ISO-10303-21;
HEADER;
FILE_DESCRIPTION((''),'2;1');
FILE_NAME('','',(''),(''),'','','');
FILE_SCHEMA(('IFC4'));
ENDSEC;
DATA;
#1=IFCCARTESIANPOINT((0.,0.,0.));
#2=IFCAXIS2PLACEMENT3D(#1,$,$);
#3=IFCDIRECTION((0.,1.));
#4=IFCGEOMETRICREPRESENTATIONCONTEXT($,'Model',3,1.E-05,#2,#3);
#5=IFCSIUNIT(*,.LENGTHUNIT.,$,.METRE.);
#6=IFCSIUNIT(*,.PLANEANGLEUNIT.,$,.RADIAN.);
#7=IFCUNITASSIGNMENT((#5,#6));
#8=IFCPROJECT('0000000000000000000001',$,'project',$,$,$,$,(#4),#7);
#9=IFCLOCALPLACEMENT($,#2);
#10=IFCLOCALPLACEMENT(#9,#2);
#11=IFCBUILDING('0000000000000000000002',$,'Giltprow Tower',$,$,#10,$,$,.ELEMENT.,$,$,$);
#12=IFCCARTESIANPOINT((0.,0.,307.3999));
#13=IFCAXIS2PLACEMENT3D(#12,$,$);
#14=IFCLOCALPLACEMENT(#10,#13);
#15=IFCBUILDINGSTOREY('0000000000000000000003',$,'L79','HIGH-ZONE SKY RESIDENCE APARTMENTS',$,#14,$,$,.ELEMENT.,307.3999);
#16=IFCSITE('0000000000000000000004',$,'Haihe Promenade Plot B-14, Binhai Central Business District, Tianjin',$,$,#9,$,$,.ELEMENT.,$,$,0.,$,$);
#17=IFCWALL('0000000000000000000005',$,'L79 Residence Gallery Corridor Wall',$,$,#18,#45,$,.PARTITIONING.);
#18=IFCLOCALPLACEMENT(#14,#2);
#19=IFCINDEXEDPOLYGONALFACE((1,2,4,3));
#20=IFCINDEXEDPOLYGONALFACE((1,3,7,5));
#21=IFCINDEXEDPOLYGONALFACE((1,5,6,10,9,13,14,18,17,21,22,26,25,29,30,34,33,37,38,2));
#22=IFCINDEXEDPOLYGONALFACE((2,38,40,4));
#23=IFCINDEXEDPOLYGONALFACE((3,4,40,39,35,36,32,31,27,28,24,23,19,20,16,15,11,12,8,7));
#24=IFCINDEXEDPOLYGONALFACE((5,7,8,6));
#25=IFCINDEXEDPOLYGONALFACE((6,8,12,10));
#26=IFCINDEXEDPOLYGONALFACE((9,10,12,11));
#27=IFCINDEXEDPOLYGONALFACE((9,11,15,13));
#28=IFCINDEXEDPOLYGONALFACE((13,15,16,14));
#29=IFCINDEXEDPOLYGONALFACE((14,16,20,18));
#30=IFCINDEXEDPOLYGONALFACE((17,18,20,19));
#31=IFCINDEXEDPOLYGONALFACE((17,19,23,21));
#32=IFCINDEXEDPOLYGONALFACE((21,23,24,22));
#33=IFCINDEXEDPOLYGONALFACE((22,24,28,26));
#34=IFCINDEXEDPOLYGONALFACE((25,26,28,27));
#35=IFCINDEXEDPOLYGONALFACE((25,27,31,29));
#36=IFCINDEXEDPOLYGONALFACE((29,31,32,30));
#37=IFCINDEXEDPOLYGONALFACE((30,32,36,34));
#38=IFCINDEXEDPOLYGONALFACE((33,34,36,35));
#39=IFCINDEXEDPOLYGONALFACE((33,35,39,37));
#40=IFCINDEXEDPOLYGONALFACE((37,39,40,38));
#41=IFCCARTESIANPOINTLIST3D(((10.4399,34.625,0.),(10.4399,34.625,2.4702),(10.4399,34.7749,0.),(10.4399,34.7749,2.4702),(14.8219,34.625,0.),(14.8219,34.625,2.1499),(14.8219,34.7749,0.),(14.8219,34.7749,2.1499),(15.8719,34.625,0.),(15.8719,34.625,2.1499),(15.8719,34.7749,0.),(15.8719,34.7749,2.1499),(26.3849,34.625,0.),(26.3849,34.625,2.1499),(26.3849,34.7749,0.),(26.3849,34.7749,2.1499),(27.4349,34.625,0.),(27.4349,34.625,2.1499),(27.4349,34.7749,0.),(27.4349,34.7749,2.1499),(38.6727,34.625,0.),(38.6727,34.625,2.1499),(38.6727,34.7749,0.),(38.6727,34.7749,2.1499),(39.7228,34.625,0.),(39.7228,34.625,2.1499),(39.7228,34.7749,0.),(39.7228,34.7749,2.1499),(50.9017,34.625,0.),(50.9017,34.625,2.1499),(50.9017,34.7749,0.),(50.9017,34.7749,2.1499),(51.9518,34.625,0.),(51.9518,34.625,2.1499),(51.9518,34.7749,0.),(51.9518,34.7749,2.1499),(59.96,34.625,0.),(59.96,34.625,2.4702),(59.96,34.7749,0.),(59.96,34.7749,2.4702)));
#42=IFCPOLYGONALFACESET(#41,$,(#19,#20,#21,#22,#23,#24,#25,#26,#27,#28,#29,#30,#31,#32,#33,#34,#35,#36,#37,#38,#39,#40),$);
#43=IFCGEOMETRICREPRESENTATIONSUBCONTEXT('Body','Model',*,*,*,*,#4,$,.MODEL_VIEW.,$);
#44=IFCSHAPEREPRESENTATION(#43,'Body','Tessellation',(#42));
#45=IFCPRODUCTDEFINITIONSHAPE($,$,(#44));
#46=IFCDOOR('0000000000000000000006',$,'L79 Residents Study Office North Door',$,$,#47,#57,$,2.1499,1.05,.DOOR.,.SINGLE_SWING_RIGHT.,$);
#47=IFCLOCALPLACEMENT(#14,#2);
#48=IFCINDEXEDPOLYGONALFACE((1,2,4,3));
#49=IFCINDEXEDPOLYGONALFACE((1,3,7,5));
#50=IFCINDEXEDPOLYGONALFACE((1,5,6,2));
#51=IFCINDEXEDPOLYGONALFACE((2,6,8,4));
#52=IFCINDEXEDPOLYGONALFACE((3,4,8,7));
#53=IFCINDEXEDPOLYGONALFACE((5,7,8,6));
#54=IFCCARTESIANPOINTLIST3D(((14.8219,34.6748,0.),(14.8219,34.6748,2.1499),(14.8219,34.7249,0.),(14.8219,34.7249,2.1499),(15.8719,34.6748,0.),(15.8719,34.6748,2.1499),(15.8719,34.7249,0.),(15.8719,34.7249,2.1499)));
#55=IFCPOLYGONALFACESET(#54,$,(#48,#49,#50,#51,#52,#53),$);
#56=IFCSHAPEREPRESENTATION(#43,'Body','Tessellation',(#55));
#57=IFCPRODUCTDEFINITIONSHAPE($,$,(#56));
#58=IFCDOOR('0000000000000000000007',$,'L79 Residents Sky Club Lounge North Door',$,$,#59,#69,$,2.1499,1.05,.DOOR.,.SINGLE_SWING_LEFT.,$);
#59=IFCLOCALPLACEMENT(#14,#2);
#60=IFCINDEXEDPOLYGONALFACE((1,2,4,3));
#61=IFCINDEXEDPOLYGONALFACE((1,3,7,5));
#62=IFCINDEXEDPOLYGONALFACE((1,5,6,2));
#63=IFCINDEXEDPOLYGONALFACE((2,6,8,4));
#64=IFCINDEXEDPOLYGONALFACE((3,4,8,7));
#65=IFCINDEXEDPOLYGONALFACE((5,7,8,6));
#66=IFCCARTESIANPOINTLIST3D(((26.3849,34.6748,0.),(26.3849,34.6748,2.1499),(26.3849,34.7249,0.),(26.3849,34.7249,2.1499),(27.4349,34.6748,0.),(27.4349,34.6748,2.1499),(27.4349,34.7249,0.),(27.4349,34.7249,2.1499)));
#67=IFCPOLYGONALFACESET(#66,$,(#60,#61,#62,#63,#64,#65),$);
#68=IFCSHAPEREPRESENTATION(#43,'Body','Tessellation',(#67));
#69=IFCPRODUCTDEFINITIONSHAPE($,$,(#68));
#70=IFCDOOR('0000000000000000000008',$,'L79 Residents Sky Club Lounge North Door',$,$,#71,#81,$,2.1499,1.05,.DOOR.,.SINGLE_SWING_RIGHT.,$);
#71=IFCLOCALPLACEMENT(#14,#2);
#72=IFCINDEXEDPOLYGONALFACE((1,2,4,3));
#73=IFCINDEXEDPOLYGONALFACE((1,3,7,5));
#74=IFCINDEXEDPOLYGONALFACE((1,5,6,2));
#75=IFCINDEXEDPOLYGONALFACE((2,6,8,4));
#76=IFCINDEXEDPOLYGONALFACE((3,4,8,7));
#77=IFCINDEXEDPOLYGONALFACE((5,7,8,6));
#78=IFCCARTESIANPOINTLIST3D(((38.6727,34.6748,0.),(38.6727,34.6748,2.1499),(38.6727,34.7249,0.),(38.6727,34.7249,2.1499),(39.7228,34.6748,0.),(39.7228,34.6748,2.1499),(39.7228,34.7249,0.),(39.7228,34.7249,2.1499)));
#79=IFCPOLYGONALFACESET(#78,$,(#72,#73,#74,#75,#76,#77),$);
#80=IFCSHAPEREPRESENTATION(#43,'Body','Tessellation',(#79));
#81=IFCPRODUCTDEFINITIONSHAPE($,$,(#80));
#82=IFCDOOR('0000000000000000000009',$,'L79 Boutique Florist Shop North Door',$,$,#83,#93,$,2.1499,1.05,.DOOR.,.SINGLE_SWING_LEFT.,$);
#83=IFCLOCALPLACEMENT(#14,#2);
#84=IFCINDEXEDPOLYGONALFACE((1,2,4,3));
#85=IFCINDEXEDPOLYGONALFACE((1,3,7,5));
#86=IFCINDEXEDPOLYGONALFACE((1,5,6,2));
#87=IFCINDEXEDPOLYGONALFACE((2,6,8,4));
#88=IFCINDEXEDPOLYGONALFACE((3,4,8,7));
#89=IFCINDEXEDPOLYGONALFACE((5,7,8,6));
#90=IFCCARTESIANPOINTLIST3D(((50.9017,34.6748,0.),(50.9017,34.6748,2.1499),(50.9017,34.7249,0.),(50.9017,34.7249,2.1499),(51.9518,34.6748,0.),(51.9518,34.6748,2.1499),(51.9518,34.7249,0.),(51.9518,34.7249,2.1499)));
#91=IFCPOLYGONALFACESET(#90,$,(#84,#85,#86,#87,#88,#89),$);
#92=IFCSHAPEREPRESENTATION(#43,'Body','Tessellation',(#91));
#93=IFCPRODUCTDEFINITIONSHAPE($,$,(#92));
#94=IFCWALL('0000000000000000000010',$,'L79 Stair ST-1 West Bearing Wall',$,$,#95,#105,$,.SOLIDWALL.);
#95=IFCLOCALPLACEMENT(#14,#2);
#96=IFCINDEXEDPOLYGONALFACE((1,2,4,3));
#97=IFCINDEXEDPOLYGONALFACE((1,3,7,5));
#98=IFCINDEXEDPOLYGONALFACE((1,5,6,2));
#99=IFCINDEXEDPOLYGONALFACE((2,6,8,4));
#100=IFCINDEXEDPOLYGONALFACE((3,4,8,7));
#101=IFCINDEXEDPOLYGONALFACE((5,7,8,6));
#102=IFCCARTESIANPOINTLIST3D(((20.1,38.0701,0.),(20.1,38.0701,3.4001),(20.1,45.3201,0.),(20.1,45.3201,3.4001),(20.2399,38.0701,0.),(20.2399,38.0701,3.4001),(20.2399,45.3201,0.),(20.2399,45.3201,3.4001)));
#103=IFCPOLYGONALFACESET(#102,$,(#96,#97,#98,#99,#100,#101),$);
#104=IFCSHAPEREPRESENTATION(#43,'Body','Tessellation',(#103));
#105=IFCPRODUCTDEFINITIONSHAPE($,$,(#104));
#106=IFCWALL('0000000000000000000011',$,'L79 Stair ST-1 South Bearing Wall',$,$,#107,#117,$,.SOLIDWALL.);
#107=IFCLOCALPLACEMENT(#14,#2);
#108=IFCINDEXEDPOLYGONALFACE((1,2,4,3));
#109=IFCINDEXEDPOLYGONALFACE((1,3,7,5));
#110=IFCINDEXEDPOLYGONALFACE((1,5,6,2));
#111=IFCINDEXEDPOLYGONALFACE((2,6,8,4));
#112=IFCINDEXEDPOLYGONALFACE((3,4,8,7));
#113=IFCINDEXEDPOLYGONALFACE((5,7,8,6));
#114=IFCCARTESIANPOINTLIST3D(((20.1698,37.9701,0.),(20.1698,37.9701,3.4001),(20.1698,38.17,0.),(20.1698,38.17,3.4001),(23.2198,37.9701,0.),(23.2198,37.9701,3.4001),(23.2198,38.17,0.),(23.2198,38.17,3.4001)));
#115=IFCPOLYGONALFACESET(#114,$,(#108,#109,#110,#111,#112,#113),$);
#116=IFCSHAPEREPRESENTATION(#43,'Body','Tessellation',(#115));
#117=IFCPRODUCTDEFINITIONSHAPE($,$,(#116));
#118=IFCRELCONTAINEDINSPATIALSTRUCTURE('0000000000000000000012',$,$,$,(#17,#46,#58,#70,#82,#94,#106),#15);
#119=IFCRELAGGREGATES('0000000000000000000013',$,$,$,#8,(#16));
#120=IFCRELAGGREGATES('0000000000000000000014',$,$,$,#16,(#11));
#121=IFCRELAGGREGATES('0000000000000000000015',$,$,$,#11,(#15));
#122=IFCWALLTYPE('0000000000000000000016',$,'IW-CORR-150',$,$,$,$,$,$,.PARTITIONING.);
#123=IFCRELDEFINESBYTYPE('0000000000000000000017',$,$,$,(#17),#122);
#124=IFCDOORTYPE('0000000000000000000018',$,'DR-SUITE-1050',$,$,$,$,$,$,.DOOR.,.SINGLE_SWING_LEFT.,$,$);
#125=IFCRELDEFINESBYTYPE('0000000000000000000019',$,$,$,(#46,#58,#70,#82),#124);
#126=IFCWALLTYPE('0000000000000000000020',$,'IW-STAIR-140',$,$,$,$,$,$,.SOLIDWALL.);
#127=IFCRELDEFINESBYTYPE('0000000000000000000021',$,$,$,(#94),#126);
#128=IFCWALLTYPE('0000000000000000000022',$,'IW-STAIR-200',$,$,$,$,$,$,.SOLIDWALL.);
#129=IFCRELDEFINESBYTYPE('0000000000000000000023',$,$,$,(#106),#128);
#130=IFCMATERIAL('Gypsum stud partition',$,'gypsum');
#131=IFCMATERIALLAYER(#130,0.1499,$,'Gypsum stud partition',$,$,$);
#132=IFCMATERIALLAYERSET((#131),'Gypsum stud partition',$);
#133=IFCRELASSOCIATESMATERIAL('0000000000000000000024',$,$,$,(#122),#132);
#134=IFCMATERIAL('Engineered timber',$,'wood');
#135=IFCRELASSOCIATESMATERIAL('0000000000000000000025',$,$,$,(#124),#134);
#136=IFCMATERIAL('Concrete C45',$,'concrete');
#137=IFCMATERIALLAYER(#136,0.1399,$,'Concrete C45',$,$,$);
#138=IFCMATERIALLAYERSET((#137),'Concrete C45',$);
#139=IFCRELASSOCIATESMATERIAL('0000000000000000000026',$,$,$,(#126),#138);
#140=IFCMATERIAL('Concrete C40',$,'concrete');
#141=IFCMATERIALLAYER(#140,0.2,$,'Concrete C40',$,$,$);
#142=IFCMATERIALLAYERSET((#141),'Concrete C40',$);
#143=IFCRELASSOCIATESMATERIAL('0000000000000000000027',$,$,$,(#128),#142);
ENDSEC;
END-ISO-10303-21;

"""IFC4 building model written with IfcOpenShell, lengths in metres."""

from ifc_helpers import new_model, si_unit, direction, frame, frame_2d, origin, place, context, subcontext, project, spatial, rectangle, extrude, source, transform, mapped, material, layer, layer_set, type_object, element, fill, save


model = new_model("IFC4")

# Units and contexts
model_context = context("Model", 3, precision=1e-05, world=origin(), true_north=direction((0.0, 1.0)))
body_context = subcontext(model_context, "Body", "Model", "MODEL_VIEW")
ifc_project = project(units=[si_unit("LENGTHUNIT", "METRE"), si_unit("PLANEANGLEUNIT", "RADIAN")], contexts=[model_context])

# Site, building, storey
site_placement = place(None, origin())
site = spatial("IfcSite", under=ifc_project, at=site_placement, Name="Haihe Promenade Plot B-14, Binhai Central Business District, Tianjin", CompositionType="ELEMENT", RefElevation=0.0)
building_placement = place(site_placement, origin())
building = spatial("IfcBuilding", under=site, at=building_placement, Name="Giltprow Tower", CompositionType="ELEMENT")
storey_placement = place(building_placement, frame((0.0, 0.0, 307.3999)))
storey = spatial("IfcBuildingStorey", under=building, at=storey_placement, Name="L79", Description="HIGH-ZONE SKY RESIDENCE APARTMENTS", CompositionType="ELEMENT", Elevation=307.3999)

# Shared definitions
ifc_material_1 = material(Name="Concrete C45", Category="concrete")

# Wall, openings, doors
ifc_material_2 = material(Name="Gypsum stud partition", Category="gypsum")
ifc_layer_1 = layer(ifc_material_2, 0.1499, Name="Gypsum stud partition")
ifc_layer_set_1 = layer_set([ifc_layer_1], Name="Gypsum stud partition")
wall_type_1 = type_object("IfcWallType", Name="IW-CORR-150", PredefinedType="PARTITIONING", material=ifc_layer_set_1)
wall_1_placement = place(storey_placement, frame((10.4399, 34.7, 0.0), z_axis=(0.0, 0.0, 1.0), x_axis=(1.0, 0.0, 0.0)))
wall_1 = element("IfcWall", 1, at=wall_1_placement, inside=storey, type_object=wall_type_1, Name="L79 Residence Gallery Corridor Wall", PredefinedType="PARTITIONING", context=body_context, shape_type="SweptSolid", body=[
    extrude(rectangle(XDim=49.52, YDim=0.1499, at=frame_2d((24.76, 0.0))), origin(), (0.0, 0.0, 1.0), 2.4702),
])
opening_1_placement = place(wall_1_placement, frame((4.3821, 0.0, 0.0)))
opening_1 = element("IfcOpeningElement", 2, at=opening_1_placement, cuts=wall_1, PredefinedType="OPENING", context=body_context, shape_type="SweptSolid", body=[
    extrude(rectangle(XDim=1.05, YDim=2.1499, at=frame_2d((0.5249, 1.075))), frame((0.0, 0.085, 0.0), z_axis=(0.0, -1.0, 0.0), x_axis=(1.0, 0.0, 0.0)), (0.0, 0.0, 1.0), 0.1699),
])
opening_2_placement = place(wall_1_placement, frame((15.9451, 0.0, 0.0)))
opening_2 = element("IfcOpeningElement", 3, at=opening_2_placement, cuts=wall_1, PredefinedType="OPENING", context=body_context, shape_type="SweptSolid", body=[
    extrude(rectangle(XDim=1.05, YDim=2.1499, at=frame_2d((0.5249, 1.075))), frame((0.0, 0.085, 0.0), z_axis=(0.0, -1.0, 0.0), x_axis=(1.0, 0.0, 0.0)), (0.0, 0.0, 1.0), 0.1699),
])
opening_3_placement = place(wall_1_placement, frame((28.2329, 0.0, 0.0)))
opening_3 = element("IfcOpeningElement", 4, at=opening_3_placement, cuts=wall_1, PredefinedType="OPENING", context=body_context, shape_type="SweptSolid", body=[
    extrude(rectangle(XDim=1.05, YDim=2.1499, at=frame_2d((0.5249, 1.075))), frame((0.0, 0.085, 0.0), z_axis=(0.0, -1.0, 0.0), x_axis=(1.0, 0.0, 0.0)), (0.0, 0.0, 1.0), 0.1699),
])
opening_4_placement = place(wall_1_placement, frame((40.4619, 0.0, 0.0)))
opening_4 = element("IfcOpeningElement", 5, at=opening_4_placement, cuts=wall_1, PredefinedType="OPENING", context=body_context, shape_type="SweptSolid", body=[
    extrude(rectangle(XDim=1.05, YDim=2.1499, at=frame_2d((0.5249, 1.075))), frame((0.0, 0.085, 0.0), z_axis=(0.0, -1.0, 0.0), x_axis=(1.0, 0.0, 0.0)), (0.0, 0.0, 1.0), 0.1699),
])
ifc_material_3 = material(Name="Engineered timber", Category="wood")
door_type_1 = type_object("IfcDoorType", Name="DR-SUITE-1050", OperationType="SINGLE_SWING_LEFT", PredefinedType="DOOR", material=ifc_material_3)
shared_shape_1 = source(origin(), body_context, "Body", "SweptSolid", [
    extrude(rectangle(XDim=1.05, YDim=2.1499, at=frame_2d((0.5249, 1.075))), frame((0.0, 0.0249, 0.0), z_axis=(0.0, -1.0, 0.0), x_axis=(1.0, 0.0, 0.0)), (0.0, 0.0, 1.0), 0.05),
])
door_1_placement = place(opening_1_placement, origin())
door_1 = element("IfcDoor", 6, at=door_1_placement, inside=storey, type_object=door_type_1, Name="L79 Residents Study Office North Door", OperationType="SINGLE_SWING_RIGHT", OverallHeight=2.1499, OverallWidth=1.05, PredefinedType="DOOR", context=body_context, shape_type="MappedRepresentation", body=[
    mapped(shared_shape_1, transform((0.0, 0.0, 0.0), x_axis=(1.0, 0.0, 0.0), y_axis=(0.0, 1.0, 0.0), z_axis=(0.0, 0.0, 1.0), scale=1.0)),
])
fill(opening_1, door_1)
door_2_placement = place(opening_2_placement, origin())
door_2 = element("IfcDoor", 7, at=door_2_placement, inside=storey, type_object=door_type_1, Name="L79 Residents Sky Club Lounge North Door", OperationType="SINGLE_SWING_LEFT", OverallHeight=2.1499, OverallWidth=1.05, PredefinedType="DOOR", context=body_context, shape_type="MappedRepresentation", body=[
    mapped(shared_shape_1, transform((0.0, 0.0, 0.0), x_axis=(1.0, 0.0, 0.0), y_axis=(0.0, 1.0, 0.0), z_axis=(0.0, 0.0, 1.0), scale=1.0)),
])
fill(opening_2, door_2)
door_3_placement = place(opening_3_placement, origin())
door_3 = element("IfcDoor", 8, at=door_3_placement, inside=storey, type_object=door_type_1, Name="L79 Residents Sky Club Lounge North Door", OperationType="SINGLE_SWING_RIGHT", OverallHeight=2.1499, OverallWidth=1.05, PredefinedType="DOOR", context=body_context, shape_type="MappedRepresentation", body=[
    mapped(shared_shape_1, transform((0.0, 0.0, 0.0), x_axis=(1.0, 0.0, 0.0), y_axis=(0.0, 1.0, 0.0), z_axis=(0.0, 0.0, 1.0), scale=1.0)),
])
fill(opening_3, door_3)
door_4_placement = place(opening_4_placement, origin())
door_4 = element("IfcDoor", 9, at=door_4_placement, inside=storey, type_object=door_type_1, Name="L79 Boutique Florist Shop North Door", OperationType="SINGLE_SWING_LEFT", OverallHeight=2.1499, OverallWidth=1.05, PredefinedType="DOOR", context=body_context, shape_type="MappedRepresentation", body=[
    mapped(shared_shape_1, transform((0.0, 0.0, 0.0), x_axis=(1.0, 0.0, 0.0), y_axis=(0.0, 1.0, 0.0), z_axis=(0.0, 0.0, 1.0), scale=1.0)),
])
fill(opening_4, door_4)

# Walls
ifc_layer_2 = layer(ifc_material_1, 0.1399, Name="Concrete C45")
ifc_layer_set_2 = layer_set([ifc_layer_2], Name="Concrete C45")
wall_type_2 = type_object("IfcWallType", Name="IW-STAIR-140", PredefinedType="SOLIDWALL", material=ifc_layer_set_2)
wall_2_placement = place(storey_placement, frame((20.1699, 38.0701, 0.0), z_axis=(0.0, 0.0, 1.0), x_axis=(0.0, 1.0, 0.0)))
element("IfcWall", 10, at=wall_2_placement, inside=storey, type_object=wall_type_2, Name="L79 Stair ST-1 West Bearing Wall", PredefinedType="SOLIDWALL", context=body_context, shape_type="SweptSolid", body=[
    extrude(rectangle(XDim=7.25, YDim=0.1399, at=frame_2d((3.625, 0.0))), origin(), (0.0, 0.0, 1.0), 3.4001),
])
ifc_material_4 = material(Name="Concrete C40", Category="concrete")
ifc_layer_3 = layer(ifc_material_4, 0.2, Name="Concrete C40")
ifc_layer_set_3 = layer_set([ifc_layer_3], Name="Concrete C40")
wall_type_3 = type_object("IfcWallType", Name="IW-STAIR-200", PredefinedType="SOLIDWALL", material=ifc_layer_set_3)
wall_3_placement = place(storey_placement, frame((20.1699, 38.0701, 0.0), z_axis=(0.0, 0.0, 1.0), x_axis=(1.0, 0.0, 0.0)))
element("IfcWall", 11, at=wall_3_placement, inside=storey, type_object=wall_type_3, Name="L79 Stair ST-1 South Bearing Wall", PredefinedType="SOLIDWALL", context=body_context, shape_type="SweptSolid", body=[
    extrude(rectangle(XDim=3.05, YDim=0.2, at=frame_2d((1.5249, 0.0))), origin(), (0.0, 0.0, 1.0), 3.4001),
])

save(model, "model.ifc")
